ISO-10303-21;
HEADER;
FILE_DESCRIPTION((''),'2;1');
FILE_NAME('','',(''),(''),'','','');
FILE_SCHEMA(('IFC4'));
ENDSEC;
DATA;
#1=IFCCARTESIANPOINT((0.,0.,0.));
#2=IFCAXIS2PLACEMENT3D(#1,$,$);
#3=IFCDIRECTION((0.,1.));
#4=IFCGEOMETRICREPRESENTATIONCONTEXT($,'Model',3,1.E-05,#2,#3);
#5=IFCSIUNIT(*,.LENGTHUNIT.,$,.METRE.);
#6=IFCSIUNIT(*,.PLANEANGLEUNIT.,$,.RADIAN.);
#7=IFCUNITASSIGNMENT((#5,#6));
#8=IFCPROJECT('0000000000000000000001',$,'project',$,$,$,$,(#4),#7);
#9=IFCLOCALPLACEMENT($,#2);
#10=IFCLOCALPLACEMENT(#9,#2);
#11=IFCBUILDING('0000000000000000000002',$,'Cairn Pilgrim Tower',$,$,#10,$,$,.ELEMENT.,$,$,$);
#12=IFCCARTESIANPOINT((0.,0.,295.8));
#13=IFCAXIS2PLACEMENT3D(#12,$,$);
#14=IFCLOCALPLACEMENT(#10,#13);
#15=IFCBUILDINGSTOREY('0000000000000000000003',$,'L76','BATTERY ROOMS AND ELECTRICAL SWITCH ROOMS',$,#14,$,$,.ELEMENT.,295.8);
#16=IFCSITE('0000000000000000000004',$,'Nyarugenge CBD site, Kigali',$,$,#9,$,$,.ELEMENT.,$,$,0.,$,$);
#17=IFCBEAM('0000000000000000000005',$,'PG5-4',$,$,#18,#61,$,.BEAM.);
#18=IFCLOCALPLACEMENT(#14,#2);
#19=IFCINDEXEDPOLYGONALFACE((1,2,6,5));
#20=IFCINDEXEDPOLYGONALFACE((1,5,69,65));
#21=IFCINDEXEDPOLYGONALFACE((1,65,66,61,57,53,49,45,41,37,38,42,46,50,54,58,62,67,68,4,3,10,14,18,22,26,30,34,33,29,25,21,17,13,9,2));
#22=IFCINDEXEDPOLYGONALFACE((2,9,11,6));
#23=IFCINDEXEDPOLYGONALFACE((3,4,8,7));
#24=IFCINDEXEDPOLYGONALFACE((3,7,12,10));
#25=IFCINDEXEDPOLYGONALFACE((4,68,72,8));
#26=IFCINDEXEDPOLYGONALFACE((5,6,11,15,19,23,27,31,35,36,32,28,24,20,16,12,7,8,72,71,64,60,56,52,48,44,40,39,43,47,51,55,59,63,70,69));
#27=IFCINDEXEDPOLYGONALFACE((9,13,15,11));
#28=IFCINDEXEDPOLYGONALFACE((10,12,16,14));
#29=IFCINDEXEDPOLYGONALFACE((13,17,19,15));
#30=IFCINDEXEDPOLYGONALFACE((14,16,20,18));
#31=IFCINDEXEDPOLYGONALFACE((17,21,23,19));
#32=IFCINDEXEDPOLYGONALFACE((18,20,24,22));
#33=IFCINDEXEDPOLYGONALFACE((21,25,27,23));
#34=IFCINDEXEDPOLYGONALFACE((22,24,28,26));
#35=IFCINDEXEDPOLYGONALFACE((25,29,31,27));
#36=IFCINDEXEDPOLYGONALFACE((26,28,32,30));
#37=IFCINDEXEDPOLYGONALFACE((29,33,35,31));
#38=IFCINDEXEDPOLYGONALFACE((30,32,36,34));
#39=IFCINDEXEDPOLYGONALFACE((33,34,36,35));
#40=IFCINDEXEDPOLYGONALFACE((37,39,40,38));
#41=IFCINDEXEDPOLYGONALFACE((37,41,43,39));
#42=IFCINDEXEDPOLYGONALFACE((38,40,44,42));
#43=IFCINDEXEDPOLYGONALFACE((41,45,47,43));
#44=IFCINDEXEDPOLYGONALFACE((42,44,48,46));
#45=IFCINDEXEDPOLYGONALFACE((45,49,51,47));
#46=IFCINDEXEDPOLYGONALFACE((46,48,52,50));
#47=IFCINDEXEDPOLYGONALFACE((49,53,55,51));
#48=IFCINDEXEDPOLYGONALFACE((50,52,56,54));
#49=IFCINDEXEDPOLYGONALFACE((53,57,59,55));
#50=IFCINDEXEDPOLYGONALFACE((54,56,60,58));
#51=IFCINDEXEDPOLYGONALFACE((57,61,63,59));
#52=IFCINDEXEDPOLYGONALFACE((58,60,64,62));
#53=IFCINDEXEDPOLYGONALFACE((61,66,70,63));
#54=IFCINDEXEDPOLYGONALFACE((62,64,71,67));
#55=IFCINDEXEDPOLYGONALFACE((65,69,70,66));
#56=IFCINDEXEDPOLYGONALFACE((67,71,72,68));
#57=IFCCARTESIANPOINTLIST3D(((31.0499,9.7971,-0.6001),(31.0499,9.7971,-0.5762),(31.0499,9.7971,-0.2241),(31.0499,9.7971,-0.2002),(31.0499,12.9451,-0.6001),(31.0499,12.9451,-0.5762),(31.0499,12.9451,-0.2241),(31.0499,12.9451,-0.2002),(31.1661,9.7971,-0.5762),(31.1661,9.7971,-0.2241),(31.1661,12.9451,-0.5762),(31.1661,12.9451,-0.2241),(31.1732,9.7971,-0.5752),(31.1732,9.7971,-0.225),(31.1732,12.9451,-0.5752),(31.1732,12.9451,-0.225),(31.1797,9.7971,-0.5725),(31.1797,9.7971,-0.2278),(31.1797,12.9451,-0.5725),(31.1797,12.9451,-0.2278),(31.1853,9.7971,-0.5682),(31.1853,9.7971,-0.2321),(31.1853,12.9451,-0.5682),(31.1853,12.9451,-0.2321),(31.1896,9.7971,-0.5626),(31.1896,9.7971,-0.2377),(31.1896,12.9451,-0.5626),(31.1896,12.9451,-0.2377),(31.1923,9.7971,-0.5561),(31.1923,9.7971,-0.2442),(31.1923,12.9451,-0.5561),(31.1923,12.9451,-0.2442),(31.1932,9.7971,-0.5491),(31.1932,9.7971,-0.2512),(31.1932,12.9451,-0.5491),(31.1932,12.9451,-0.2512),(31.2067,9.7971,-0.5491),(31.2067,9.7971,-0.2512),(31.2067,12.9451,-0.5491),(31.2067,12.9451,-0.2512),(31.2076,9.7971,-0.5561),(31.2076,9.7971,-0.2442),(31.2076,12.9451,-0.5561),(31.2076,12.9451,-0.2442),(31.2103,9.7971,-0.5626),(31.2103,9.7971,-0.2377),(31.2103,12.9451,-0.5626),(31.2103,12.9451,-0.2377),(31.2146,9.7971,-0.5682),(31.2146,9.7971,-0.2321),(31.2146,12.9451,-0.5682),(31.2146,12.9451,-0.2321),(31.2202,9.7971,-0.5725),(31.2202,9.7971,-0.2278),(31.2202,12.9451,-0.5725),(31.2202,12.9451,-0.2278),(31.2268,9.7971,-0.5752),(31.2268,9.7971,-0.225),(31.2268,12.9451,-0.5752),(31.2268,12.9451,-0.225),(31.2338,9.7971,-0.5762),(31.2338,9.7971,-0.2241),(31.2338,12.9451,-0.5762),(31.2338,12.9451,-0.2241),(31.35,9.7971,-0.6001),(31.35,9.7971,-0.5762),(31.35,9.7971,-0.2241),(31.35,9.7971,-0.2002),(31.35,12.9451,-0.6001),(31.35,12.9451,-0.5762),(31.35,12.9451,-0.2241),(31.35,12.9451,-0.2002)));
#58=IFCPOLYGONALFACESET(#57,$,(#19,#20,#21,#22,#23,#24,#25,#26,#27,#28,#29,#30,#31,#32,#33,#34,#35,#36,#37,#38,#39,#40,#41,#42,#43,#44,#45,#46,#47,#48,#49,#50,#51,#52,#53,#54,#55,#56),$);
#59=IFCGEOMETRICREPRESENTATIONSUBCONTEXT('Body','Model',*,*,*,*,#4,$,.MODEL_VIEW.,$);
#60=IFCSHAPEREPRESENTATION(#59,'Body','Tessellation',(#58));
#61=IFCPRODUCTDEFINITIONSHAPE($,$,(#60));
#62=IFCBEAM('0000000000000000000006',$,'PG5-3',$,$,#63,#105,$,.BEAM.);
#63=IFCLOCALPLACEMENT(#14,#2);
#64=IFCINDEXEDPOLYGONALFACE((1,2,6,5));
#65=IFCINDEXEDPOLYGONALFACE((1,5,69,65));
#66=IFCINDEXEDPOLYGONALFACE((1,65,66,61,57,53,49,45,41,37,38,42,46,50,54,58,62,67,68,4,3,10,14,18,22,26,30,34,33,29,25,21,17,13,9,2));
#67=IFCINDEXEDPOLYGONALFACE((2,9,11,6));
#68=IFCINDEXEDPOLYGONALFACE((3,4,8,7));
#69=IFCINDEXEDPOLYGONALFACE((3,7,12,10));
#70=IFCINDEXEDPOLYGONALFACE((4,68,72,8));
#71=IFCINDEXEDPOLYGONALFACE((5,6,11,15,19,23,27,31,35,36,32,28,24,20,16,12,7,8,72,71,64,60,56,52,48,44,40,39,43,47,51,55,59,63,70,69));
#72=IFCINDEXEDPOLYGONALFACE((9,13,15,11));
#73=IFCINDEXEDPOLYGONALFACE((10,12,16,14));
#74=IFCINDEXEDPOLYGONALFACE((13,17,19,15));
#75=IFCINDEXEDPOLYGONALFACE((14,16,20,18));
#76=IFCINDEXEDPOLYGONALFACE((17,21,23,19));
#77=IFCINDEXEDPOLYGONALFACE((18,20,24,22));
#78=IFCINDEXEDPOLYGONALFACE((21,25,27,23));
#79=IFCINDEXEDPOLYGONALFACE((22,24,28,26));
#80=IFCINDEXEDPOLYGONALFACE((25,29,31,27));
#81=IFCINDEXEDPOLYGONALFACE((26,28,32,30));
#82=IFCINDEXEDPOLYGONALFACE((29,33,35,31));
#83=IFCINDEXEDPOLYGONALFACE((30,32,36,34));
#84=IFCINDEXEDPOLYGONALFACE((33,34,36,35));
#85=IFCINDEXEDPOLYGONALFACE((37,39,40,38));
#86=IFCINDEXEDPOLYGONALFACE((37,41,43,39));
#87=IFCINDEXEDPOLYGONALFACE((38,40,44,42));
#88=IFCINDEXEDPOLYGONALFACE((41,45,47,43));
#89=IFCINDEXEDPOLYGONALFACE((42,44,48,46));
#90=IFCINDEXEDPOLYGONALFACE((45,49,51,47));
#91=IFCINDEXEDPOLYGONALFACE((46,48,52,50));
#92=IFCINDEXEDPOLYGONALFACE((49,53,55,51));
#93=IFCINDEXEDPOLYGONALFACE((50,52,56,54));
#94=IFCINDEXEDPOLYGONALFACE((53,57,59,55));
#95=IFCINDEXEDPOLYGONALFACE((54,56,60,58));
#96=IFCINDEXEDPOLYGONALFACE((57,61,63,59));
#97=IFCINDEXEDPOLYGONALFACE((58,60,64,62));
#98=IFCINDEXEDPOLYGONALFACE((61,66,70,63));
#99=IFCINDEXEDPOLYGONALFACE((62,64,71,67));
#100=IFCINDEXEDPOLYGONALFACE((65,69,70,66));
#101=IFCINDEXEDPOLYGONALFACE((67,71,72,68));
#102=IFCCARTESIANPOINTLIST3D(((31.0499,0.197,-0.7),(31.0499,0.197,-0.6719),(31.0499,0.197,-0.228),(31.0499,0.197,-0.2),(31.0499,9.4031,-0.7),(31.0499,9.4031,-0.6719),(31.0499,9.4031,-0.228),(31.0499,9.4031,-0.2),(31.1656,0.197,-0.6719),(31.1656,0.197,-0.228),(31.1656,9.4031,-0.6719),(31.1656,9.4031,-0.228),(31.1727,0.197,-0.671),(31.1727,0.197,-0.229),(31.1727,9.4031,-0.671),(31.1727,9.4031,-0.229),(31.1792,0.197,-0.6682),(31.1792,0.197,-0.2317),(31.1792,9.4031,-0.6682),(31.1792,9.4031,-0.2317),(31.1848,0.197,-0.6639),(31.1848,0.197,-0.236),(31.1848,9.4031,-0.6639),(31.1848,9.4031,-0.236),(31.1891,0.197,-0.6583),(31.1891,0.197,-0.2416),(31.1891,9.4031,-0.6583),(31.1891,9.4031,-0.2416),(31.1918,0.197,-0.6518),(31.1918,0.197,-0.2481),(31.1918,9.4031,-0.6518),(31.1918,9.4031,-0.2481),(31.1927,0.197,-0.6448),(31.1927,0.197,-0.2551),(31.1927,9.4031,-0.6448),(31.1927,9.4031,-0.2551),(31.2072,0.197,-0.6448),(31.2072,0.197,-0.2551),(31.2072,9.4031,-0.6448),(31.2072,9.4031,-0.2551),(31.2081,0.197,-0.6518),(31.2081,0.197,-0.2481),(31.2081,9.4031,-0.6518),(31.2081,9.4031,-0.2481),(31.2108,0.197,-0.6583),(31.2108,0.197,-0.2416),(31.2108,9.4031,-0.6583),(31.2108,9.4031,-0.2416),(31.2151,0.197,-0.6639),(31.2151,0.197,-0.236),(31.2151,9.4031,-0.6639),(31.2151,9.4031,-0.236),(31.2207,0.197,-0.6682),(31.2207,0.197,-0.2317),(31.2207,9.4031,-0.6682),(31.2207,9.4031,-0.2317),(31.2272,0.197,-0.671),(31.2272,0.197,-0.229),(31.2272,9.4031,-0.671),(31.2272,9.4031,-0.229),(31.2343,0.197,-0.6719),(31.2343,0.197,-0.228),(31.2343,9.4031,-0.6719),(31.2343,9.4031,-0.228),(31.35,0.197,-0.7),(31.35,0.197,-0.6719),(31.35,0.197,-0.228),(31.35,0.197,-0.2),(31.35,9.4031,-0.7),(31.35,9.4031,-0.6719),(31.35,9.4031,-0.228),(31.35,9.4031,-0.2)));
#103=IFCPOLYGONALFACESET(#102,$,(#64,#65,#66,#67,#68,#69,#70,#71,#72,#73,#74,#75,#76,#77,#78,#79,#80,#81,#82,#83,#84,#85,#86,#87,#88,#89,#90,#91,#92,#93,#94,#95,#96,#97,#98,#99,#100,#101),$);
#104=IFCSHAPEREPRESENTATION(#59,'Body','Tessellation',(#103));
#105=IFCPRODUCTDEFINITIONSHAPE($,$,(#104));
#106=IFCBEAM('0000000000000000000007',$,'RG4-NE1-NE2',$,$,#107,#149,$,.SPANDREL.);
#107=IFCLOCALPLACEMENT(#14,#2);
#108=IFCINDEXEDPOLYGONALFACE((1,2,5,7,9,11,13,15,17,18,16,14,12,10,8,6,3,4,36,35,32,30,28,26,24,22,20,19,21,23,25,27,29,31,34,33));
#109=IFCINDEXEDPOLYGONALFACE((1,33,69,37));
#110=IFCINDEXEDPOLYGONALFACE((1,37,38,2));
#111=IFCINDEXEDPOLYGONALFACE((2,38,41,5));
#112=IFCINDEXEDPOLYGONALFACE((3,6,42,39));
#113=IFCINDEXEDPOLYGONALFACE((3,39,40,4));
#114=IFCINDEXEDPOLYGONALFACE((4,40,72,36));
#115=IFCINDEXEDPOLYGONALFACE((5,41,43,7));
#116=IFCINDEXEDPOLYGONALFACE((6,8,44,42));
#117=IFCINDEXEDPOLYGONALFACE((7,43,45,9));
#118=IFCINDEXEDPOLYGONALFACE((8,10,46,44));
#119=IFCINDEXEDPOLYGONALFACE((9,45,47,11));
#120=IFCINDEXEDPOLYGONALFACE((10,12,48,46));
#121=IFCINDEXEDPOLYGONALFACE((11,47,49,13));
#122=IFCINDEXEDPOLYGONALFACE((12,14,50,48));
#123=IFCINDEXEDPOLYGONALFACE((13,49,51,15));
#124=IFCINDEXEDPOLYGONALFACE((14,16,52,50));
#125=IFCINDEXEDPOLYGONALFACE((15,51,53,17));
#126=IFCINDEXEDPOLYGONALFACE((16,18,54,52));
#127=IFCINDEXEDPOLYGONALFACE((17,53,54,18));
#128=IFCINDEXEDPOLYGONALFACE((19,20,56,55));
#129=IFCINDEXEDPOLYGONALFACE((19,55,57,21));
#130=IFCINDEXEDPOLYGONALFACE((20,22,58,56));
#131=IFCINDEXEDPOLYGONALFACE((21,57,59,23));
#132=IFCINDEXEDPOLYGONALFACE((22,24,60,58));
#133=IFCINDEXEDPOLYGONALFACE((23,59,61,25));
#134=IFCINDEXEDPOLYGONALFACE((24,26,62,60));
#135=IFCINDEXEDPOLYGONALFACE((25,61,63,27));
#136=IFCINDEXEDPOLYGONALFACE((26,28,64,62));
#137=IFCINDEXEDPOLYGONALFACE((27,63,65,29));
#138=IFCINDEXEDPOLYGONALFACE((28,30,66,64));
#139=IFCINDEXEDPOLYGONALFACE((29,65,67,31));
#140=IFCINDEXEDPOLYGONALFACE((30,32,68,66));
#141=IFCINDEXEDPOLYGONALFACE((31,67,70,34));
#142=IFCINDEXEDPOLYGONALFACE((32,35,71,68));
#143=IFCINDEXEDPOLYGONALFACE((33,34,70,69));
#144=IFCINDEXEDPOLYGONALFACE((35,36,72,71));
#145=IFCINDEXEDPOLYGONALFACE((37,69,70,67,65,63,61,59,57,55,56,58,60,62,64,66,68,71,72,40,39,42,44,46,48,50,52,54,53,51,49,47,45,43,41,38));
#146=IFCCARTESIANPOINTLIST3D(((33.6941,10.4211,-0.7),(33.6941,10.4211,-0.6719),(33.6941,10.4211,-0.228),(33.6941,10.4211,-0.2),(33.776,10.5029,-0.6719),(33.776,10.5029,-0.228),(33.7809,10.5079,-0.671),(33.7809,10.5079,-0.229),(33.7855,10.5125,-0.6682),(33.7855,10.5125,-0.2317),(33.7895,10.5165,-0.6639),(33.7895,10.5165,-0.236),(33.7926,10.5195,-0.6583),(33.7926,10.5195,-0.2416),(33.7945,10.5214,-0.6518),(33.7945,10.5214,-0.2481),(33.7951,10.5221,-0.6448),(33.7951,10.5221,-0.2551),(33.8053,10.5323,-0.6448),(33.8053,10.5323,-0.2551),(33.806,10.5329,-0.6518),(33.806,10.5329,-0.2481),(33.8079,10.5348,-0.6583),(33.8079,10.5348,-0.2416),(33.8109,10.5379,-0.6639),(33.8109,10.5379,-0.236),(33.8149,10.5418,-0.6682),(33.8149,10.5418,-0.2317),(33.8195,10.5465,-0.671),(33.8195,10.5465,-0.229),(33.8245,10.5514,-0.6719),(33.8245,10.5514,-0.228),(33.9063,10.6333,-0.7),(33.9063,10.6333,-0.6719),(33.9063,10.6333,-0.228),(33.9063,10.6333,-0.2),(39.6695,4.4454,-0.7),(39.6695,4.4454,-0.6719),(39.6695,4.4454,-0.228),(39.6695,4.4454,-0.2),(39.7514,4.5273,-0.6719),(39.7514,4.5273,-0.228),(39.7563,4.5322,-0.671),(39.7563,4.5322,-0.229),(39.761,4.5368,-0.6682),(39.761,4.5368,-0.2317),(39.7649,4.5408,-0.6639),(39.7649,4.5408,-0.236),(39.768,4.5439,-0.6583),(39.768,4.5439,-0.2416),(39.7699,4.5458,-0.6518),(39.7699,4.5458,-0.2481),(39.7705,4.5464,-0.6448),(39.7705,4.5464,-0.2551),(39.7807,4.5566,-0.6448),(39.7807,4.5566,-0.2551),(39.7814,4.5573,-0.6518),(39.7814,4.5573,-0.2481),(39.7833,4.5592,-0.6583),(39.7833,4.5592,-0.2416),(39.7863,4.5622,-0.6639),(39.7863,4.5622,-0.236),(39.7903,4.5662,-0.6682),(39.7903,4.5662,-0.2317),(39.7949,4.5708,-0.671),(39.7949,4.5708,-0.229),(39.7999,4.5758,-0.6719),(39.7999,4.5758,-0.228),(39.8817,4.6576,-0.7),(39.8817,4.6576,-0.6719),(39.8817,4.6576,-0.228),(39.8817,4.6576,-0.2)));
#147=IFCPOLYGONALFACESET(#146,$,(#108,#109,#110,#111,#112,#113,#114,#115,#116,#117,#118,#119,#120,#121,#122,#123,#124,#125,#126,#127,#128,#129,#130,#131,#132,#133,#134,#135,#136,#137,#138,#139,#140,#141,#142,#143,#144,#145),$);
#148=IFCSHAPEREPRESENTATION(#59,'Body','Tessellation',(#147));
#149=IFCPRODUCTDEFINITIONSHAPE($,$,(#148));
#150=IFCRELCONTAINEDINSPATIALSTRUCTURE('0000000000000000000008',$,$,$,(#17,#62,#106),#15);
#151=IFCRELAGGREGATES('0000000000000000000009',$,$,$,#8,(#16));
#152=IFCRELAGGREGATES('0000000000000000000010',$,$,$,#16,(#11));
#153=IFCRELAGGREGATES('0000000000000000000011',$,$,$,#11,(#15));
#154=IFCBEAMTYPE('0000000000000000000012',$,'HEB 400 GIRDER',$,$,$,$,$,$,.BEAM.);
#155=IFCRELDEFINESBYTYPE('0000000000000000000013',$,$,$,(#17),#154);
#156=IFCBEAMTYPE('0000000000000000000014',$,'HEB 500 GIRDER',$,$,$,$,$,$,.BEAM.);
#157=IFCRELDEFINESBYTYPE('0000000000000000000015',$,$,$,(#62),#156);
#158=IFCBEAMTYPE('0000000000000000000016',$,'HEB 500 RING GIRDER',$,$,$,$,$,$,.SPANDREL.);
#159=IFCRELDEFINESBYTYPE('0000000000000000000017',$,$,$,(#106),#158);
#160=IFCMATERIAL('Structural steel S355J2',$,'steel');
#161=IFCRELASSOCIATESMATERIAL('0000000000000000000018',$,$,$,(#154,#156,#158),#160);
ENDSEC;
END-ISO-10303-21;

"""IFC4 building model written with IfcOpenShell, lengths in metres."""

from ifc_helpers import new_model, si_unit, direction, frame, origin, origin_2d, place, context, subcontext, project, spatial, i_section, extrude, material, material_profile, profile_set, type_object, element, save


model = new_model("IFC4")

# Units and contexts
model_context = context("Model", 3, precision=1e-05, world=origin(), true_north=direction((0.0, 1.0)))
body_context = subcontext(model_context, "Body", "Model", "MODEL_VIEW")
ifc_project = project(units=[si_unit("LENGTHUNIT", "METRE"), si_unit("PLANEANGLEUNIT", "RADIAN")], contexts=[model_context])

# Site, building, storey
site_placement = place(None, origin())
site = spatial("IfcSite", under=ifc_project, at=site_placement, Name="Nyarugenge CBD site, Kigali", CompositionType="ELEMENT", RefElevation=0.0)
building_placement = place(site_placement, origin())
building = spatial("IfcBuilding", under=site, at=building_placement, Name="Cairn Pilgrim Tower", CompositionType="ELEMENT")
storey_placement = place(building_placement, frame((0.0, 0.0, 295.8)))
storey = spatial("IfcBuildingStorey", under=building, at=storey_placement, Name="L76", Description="BATTERY ROOMS AND ELECTRICAL SWITCH ROOMS", CompositionType="ELEMENT", Elevation=295.8)

# Shared definitions
ifc_material_1 = material(Name="Structural steel S355J2", Category="steel")

# Beams
ifc_material_profile_1 = material_profile(ifc_material_1, i_section(OverallWidth=0.3, OverallDepth=0.3999, WebThickness=0.0134, FlangeThickness=0.0239, FilletRadius=0.0271, at=origin_2d()), Name="HEB 400")
ifc_profile_set_1 = profile_set([ifc_material_profile_1], Name="Structural steel S355J2")
beam_type_1 = type_object("IfcBeamType", Name="HEB 400 GIRDER", PredefinedType="BEAM", material=ifc_profile_set_1)
beam_1_placement = place(storey_placement, frame((31.2, 9.7971, -0.4001), z_axis=(0.0, 1.0, 0.0), x_axis=(-1.0, 0.0, 0.0)))
element("IfcBeam", 1, at=beam_1_placement, inside=storey, type_object=beam_type_1, Name="PG5-4", PredefinedType="BEAM", context=body_context, shape_type="SweptSolid", body=[
    extrude(i_section(OverallWidth=0.3, OverallDepth=0.3999, WebThickness=0.0134, FlangeThickness=0.0239, FilletRadius=0.0271, at=origin_2d()), origin(), (0.0, 0.0, 1.0), 3.1479),
])
ifc_material_profile_2 = material_profile(ifc_material_1, i_section(OverallWidth=0.3, OverallDepth=0.5, WebThickness=0.0144, FlangeThickness=0.0281, FilletRadius=0.0271, at=origin_2d()), Name="HEB 500")
ifc_profile_set_2 = profile_set([ifc_material_profile_2], Name="Structural steel S355J2")
beam_type_2 = type_object("IfcBeamType", Name="HEB 500 GIRDER", PredefinedType="BEAM", material=ifc_profile_set_2)
beam_2_placement = place(storey_placement, frame((31.2, 0.197, -0.45), z_axis=(0.0, 1.0, 0.0), x_axis=(-1.0, 0.0, 0.0)))
element("IfcBeam", 2, at=beam_2_placement, inside=storey, type_object=beam_type_2, Name="PG5-3", PredefinedType="BEAM", context=body_context, shape_type="SweptSolid", body=[
    extrude(i_section(OverallWidth=0.3, OverallDepth=0.5, WebThickness=0.0144, FlangeThickness=0.0281, FilletRadius=0.0271, at=origin_2d()), origin(), (0.0, 0.0, 1.0), 9.2061),
])
ifc_material_profile_3 = material_profile(ifc_material_1, i_section(OverallWidth=0.3, OverallDepth=0.5, WebThickness=0.0144, FlangeThickness=0.0281, FilletRadius=0.0271, at=origin_2d()), Name="HEB 500")
ifc_profile_set_3 = profile_set([ifc_material_profile_3], Name="Structural steel S355J2")
beam_type_3 = type_object("IfcBeamType", Name="HEB 500 RING GIRDER", PredefinedType="SPANDREL", material=ifc_profile_set_3)
beam_3_placement = place(storey_placement, frame((39.7756, 4.5515, -0.45), z_axis=(-0.707092, 0.707121, 0.0), x_axis=(-0.707121, -0.707092, 0.0)))
element("IfcBeam", 3, at=beam_3_placement, inside=storey, type_object=beam_type_3, Name="RG4-NE1-NE2", PredefinedType="SPANDREL", context=body_context, shape_type="SweptSolid", body=[
    extrude(i_section(OverallWidth=0.3, OverallDepth=0.5, WebThickness=0.0144, FlangeThickness=0.0281, FilletRadius=0.0271, at=origin_2d()), origin(), (0.0, 0.0, 1.0), 8.4507),
])

save(model, "model.ifc")
